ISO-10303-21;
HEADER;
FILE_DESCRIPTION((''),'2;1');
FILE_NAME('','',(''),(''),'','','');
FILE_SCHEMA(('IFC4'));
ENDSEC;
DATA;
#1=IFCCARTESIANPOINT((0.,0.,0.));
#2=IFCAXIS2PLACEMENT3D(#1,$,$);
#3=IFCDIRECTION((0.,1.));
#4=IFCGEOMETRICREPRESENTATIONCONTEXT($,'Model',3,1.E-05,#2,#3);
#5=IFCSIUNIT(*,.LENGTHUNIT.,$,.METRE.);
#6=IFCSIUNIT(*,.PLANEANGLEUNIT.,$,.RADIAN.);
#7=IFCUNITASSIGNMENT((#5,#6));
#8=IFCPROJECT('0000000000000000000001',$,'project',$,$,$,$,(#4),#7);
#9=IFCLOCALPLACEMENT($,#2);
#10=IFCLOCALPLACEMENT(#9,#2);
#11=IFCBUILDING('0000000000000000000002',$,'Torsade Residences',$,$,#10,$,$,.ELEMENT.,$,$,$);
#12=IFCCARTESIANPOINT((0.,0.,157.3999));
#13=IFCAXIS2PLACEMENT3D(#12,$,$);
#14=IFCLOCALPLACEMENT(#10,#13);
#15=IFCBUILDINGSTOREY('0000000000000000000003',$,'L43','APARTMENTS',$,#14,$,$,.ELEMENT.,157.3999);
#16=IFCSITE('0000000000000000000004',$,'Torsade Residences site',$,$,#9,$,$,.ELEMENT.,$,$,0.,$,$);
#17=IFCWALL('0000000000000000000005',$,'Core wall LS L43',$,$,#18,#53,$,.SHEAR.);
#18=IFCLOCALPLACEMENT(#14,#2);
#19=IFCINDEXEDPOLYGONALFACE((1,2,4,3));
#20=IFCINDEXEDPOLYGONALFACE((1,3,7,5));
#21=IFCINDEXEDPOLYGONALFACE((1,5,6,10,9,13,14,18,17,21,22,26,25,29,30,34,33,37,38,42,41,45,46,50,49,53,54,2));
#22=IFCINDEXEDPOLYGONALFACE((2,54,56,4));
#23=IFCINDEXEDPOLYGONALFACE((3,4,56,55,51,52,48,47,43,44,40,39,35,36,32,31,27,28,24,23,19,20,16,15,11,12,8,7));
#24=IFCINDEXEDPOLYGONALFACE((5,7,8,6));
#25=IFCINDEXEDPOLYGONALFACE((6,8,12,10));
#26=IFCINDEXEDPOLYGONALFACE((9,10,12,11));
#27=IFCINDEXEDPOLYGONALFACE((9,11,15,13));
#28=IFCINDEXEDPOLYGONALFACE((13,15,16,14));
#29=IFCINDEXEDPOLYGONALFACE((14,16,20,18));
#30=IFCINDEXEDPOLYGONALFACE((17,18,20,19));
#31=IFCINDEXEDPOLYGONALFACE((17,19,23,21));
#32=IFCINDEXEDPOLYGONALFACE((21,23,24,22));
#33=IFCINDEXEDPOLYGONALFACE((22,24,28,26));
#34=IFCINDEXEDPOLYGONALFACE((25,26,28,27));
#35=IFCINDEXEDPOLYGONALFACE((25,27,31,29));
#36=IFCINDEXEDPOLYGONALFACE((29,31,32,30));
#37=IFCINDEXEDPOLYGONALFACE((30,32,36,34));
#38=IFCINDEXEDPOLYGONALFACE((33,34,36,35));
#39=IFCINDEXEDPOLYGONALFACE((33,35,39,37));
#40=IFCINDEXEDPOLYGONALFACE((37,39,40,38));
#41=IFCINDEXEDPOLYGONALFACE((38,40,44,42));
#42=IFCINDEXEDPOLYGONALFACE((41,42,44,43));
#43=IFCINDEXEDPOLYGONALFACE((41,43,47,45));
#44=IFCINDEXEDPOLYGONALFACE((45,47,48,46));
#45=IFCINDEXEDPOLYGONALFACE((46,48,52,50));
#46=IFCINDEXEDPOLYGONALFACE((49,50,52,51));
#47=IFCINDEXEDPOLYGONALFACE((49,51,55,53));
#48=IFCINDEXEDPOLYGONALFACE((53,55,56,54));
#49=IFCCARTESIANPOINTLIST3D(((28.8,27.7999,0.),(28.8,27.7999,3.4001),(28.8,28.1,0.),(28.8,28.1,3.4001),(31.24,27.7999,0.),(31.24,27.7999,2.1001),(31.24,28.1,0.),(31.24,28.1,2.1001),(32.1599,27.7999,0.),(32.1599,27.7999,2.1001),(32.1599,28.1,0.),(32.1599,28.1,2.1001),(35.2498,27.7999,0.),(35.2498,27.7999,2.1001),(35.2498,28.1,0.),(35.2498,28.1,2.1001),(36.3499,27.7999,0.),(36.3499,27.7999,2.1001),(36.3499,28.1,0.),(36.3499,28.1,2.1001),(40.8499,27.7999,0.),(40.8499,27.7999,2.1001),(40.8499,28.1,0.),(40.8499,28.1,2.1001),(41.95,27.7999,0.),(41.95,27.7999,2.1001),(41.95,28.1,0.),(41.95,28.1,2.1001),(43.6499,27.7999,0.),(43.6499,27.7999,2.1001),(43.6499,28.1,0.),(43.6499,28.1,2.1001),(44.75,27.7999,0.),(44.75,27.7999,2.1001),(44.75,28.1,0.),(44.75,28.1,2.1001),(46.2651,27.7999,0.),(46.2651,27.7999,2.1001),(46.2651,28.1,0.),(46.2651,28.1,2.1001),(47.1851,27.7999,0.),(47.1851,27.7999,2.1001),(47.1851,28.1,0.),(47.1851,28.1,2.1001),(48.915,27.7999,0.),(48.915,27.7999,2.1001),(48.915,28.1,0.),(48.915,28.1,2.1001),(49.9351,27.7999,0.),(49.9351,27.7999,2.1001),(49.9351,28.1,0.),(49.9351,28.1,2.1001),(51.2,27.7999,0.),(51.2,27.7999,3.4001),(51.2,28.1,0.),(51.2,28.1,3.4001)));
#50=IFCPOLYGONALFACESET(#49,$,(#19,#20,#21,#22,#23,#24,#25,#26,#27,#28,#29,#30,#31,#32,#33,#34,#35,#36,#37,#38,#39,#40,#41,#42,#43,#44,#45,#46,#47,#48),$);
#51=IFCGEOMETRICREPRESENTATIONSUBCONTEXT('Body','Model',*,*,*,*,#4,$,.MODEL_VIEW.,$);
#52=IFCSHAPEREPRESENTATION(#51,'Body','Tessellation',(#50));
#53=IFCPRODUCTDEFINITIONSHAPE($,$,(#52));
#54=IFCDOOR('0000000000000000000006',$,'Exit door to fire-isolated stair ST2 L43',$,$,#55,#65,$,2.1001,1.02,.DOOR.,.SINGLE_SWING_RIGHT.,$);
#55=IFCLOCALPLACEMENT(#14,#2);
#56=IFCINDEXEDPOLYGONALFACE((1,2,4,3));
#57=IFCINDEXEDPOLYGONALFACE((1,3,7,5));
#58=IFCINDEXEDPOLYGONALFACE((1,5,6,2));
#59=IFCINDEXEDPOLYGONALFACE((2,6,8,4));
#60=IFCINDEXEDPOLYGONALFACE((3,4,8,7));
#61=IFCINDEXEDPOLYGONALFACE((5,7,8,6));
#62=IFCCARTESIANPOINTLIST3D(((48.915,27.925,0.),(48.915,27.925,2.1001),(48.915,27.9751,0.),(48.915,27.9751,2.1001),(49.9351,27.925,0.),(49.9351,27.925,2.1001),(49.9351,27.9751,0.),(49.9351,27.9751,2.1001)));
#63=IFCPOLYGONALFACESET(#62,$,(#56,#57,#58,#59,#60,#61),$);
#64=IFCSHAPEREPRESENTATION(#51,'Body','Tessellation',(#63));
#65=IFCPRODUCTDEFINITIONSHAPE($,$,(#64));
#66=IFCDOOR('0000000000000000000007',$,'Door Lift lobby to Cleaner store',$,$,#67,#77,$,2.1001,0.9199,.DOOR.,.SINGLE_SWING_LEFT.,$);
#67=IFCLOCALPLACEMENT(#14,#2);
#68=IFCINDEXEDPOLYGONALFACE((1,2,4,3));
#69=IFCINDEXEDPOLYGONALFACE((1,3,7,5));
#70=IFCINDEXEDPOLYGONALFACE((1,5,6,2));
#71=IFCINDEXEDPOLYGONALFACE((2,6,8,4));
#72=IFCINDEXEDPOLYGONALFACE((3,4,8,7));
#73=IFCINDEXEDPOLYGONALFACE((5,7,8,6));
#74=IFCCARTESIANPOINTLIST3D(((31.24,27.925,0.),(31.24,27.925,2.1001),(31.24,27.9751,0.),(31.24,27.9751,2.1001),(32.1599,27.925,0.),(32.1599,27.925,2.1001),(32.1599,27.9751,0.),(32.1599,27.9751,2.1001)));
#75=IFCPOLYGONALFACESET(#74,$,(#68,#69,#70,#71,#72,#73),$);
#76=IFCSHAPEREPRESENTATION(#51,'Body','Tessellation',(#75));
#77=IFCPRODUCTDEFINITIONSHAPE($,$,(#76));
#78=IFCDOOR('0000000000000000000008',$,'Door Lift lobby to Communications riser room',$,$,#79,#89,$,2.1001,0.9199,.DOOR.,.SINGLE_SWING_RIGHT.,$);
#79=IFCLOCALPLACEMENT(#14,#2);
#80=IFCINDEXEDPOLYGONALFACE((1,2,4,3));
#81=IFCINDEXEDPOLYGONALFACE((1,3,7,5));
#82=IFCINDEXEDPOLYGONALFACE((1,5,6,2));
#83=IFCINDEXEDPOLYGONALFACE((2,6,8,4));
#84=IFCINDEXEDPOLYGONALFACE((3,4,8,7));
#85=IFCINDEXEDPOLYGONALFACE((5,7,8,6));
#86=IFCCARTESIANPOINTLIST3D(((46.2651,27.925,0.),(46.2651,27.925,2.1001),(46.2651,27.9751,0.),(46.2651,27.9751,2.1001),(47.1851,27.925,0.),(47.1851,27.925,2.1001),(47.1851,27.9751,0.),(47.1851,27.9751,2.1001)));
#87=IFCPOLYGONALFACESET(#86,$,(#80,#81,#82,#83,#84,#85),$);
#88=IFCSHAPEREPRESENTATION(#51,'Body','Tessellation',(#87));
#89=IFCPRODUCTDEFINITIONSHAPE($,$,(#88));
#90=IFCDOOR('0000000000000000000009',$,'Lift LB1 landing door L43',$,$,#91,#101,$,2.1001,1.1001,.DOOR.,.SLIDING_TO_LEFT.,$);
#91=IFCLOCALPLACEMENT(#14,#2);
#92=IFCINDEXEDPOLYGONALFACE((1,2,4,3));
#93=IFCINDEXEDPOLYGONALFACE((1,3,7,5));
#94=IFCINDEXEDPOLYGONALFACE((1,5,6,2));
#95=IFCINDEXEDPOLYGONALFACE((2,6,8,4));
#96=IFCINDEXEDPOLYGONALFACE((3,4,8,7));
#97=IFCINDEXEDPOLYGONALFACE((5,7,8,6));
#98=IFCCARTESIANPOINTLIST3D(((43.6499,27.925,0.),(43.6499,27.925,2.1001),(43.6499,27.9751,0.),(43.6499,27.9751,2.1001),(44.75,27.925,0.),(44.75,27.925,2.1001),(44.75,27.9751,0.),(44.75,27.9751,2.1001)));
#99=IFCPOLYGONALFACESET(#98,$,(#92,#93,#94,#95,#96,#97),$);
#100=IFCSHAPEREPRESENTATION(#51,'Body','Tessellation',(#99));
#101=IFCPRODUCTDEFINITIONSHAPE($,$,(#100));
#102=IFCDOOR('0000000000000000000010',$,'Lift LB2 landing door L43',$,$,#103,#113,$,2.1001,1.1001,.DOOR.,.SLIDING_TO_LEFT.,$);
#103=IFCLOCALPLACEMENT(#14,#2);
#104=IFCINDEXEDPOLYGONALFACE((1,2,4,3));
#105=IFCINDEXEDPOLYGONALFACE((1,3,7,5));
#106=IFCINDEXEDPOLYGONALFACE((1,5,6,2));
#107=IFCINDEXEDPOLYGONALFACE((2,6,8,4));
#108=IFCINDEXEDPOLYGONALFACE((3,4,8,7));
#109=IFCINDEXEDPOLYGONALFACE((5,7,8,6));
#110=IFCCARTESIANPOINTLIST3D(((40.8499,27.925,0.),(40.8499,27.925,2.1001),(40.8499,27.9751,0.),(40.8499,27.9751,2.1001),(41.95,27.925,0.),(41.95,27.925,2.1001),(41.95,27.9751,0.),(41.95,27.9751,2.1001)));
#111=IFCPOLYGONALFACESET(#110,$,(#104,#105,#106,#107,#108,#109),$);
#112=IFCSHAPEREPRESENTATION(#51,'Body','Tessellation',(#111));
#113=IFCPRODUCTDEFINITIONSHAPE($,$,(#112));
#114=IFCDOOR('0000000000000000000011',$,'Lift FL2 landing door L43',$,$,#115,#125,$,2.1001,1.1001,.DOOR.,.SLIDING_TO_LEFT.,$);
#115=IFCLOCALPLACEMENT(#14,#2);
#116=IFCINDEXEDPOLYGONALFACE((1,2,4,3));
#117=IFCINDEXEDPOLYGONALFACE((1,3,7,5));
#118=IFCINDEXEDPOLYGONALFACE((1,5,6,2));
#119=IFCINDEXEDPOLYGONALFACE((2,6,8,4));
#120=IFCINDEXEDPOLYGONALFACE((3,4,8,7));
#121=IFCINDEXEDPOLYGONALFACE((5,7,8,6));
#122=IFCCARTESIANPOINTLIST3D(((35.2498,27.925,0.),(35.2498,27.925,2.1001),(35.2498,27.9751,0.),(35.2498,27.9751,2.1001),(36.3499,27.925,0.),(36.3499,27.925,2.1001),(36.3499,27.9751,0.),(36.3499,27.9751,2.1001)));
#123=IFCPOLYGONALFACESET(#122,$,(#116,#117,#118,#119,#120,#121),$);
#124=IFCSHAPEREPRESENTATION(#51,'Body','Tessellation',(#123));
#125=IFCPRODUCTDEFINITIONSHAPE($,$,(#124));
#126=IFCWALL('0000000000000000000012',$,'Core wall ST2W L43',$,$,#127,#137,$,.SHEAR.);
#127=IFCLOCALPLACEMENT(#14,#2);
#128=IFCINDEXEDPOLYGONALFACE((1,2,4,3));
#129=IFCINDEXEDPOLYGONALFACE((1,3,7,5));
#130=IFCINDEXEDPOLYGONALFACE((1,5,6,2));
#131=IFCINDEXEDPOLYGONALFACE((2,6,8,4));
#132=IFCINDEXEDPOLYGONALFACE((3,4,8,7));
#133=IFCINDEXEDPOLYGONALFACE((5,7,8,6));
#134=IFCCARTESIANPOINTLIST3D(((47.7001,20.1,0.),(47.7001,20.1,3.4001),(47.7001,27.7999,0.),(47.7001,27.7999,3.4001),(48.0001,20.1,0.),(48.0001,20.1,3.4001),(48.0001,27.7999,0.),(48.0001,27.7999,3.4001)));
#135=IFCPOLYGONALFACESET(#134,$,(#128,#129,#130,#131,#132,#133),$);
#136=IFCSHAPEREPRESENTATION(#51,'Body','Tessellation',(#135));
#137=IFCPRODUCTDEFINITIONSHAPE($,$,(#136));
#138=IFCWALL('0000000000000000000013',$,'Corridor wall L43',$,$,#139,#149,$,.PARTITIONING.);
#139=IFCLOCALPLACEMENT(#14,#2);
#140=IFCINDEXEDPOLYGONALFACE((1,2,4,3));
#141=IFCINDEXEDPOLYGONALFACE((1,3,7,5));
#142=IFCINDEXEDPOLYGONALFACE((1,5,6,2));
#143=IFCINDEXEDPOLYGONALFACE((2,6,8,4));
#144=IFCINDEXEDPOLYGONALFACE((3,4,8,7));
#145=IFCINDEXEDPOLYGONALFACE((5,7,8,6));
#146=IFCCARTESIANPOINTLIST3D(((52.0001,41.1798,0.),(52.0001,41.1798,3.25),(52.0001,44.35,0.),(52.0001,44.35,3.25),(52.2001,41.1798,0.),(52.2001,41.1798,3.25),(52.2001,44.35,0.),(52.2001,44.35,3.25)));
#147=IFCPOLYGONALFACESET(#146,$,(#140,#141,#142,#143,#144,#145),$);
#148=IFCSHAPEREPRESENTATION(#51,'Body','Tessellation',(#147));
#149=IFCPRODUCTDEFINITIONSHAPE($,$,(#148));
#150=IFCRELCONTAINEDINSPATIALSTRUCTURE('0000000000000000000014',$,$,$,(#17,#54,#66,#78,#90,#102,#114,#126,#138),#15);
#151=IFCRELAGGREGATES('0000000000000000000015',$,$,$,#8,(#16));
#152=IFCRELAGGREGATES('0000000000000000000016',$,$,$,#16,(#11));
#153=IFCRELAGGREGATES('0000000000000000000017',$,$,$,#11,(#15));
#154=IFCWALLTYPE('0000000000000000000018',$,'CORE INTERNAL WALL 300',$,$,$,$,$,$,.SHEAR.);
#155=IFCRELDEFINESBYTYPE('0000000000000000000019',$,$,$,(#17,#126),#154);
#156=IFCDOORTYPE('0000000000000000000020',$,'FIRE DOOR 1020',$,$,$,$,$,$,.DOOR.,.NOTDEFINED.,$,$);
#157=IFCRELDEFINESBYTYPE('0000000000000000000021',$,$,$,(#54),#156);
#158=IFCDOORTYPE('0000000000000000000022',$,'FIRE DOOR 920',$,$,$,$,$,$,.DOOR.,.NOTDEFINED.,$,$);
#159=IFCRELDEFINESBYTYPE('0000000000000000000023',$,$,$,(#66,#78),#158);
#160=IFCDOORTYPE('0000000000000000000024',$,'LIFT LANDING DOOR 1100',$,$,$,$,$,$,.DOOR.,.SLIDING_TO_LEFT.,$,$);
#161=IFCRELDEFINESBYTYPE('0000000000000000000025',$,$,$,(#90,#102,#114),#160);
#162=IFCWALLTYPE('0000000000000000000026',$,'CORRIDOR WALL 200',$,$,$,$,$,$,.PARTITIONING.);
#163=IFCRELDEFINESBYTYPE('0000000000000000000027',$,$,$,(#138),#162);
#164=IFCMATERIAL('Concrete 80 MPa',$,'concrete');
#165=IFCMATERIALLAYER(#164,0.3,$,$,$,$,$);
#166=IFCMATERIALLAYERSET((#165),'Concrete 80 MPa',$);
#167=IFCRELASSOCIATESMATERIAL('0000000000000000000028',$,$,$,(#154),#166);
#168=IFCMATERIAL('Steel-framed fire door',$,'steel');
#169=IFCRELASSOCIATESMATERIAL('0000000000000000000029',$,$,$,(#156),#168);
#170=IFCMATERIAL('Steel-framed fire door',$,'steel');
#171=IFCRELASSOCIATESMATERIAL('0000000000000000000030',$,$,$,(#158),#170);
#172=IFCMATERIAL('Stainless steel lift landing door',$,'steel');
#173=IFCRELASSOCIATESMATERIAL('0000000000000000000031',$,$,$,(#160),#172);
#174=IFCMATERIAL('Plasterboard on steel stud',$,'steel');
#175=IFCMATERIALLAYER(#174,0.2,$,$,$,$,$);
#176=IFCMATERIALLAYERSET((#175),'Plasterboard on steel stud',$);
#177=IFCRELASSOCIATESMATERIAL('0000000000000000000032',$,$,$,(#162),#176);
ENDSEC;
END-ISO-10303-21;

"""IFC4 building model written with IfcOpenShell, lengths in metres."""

from ifc_helpers import new_model, si_unit, direction, frame, frame_2d, origin, place, context, subcontext, project, spatial, rectangle, extrude, material, layer, layer_set, type_object, element, fill, save


model = new_model("IFC4")

# Units and contexts
model_context = context("Model", 3, precision=1e-05, world=origin(), true_north=direction((0.0, 1.0)))
body_context = subcontext(model_context, "Body", "Model", "MODEL_VIEW")
ifc_project = project(units=[si_unit("LENGTHUNIT", "METRE"), si_unit("PLANEANGLEUNIT", "RADIAN")], contexts=[model_context])

# Site, building, storey
site_placement = place(None, origin())
site = spatial("IfcSite", under=ifc_project, at=site_placement, Name="Torsade Residences site", CompositionType="ELEMENT", RefElevation=0.0)
building_placement = place(site_placement, origin())
building = spatial("IfcBuilding", under=site, at=building_placement, Name="Torsade Residences", CompositionType="ELEMENT")
storey_placement = place(building_placement, frame((0.0, 0.0, 157.3999)))
storey = spatial("IfcBuildingStorey", under=building, at=storey_placement, Name="L43", Description="APARTMENTS", CompositionType="ELEMENT", Elevation=157.3999)

# Wall, openings, doors
ifc_material_1 = material(Name="Concrete 80 MPa", Category="concrete")
ifc_layer_1 = layer(ifc_material_1, 0.3)
ifc_layer_set_1 = layer_set([ifc_layer_1], Name="Concrete 80 MPa")
wall_type_1 = type_object("IfcWallType", Name="CORE INTERNAL WALL 300", PredefinedType="SHEAR", material=ifc_layer_set_1)
wall_1_placement = place(storey_placement, frame((51.2, 27.95, 0.0), z_axis=(0.0, 0.0, 1.0), x_axis=(-1.0, 0.0, 0.0)))
wall_1 = element("IfcWall", 1, at=wall_1_placement, inside=storey, type_object=wall_type_1, Name="Core wall LS L43", PredefinedType="SHEAR", context=body_context, shape_type="SweptSolid", body=[
    extrude(rectangle(XDim=22.3999, YDim=0.3, at=frame_2d((11.2, 0.0))), origin(), (0.0, 0.0, 1.0), 3.4001),
])
opening_1_placement = place(wall_1_placement, frame((19.04, 0.0, 0.0)))
opening_1 = element("IfcOpeningElement", 2, at=opening_1_placement, cuts=wall_1, PredefinedType="OPENING", context=body_context, shape_type="SweptSolid", body=[
    extrude(rectangle(XDim=0.9199, YDim=2.1001, at=frame_2d((0.46, 1.05))), frame((0.0, 0.1599, 0.0), z_axis=(0.0, -1.0, 0.0), x_axis=(1.0, 0.0, 0.0)), (0.0, 0.0, 1.0), 0.3201),
])
opening_2_placement = place(wall_1_placement, frame((1.2649, 0.0, 0.0)))
opening_2 = element("IfcOpeningElement", 3, at=opening_2_placement, cuts=wall_1, PredefinedType="OPENING", context=body_context, shape_type="SweptSolid", body=[
    extrude(rectangle(XDim=1.02, YDim=2.1001, at=frame_2d((0.51, 1.05))), frame((0.0, 0.1599, 0.0), z_axis=(0.0, -1.0, 0.0), x_axis=(1.0, 0.0, 0.0)), (0.0, 0.0, 1.0), 0.3201),
])
opening_3_placement = place(wall_1_placement, frame((4.0149, 0.0, 0.0)))
opening_3 = element("IfcOpeningElement", 4, at=opening_3_placement, cuts=wall_1, PredefinedType="OPENING", context=body_context, shape_type="SweptSolid", body=[
    extrude(rectangle(XDim=0.9199, YDim=2.1001, at=frame_2d((0.46, 1.05))), frame((0.0, 0.1599, 0.0), z_axis=(0.0, -1.0, 0.0), x_axis=(1.0, 0.0, 0.0)), (0.0, 0.0, 1.0), 0.3201),
])
opening_4_placement = place(wall_1_placement, frame((6.45, 0.0, 0.0)))
opening_4 = element("IfcOpeningElement", 5, at=opening_4_placement, cuts=wall_1, PredefinedType="OPENING", context=body_context, shape_type="SweptSolid", body=[
    extrude(rectangle(XDim=1.1001, YDim=2.1001, at=frame_2d((0.55, 1.05))), frame((0.0, 0.1599, 0.0), z_axis=(0.0, -1.0, 0.0), x_axis=(1.0, 0.0, 0.0)), (0.0, 0.0, 1.0), 0.3201),
])
opening_5_placement = place(wall_1_placement, frame((9.25, 0.0, 0.0)))
opening_5 = element("IfcOpeningElement", 6, at=opening_5_placement, cuts=wall_1, PredefinedType="OPENING", context=body_context, shape_type="SweptSolid", body=[
    extrude(rectangle(XDim=1.1001, YDim=2.1001, at=frame_2d((0.55, 1.05))), frame((0.0, 0.1599, 0.0), z_axis=(0.0, -1.0, 0.0), x_axis=(1.0, 0.0, 0.0)), (0.0, 0.0, 1.0), 0.3201),
])
opening_6_placement = place(wall_1_placement, frame((14.8501, 0.0, 0.0)))
opening_6 = element("IfcOpeningElement", 7, at=opening_6_placement, cuts=wall_1, PredefinedType="OPENING", context=body_context, shape_type="SweptSolid", body=[
    extrude(rectangle(XDim=1.1001, YDim=2.1001, at=frame_2d((0.55, 1.05))), frame((0.0, 0.1599, 0.0), z_axis=(0.0, -1.0, 0.0), x_axis=(1.0, 0.0, 0.0)), (0.0, 0.0, 1.0), 0.3201),
])
ifc_material_2 = material(Name="Steel-framed fire door", Category="steel")
door_type_1 = type_object("IfcDoorType", Name="FIRE DOOR 1020", OperationType="NOTDEFINED", PredefinedType="DOOR", material=ifc_material_2)
door_1_placement = place(opening_2_placement, origin())
door_1 = element("IfcDoor", 8, at=door_1_placement, inside=storey, type_object=door_type_1, Name="Exit door to fire-isolated stair ST2 L43", OperationType="SINGLE_SWING_RIGHT", OverallHeight=2.1001, OverallWidth=1.02, PredefinedType="DOOR", context=body_context, shape_type="SweptSolid", body=[
    extrude(rectangle(XDim=1.02, YDim=2.1001, at=frame_2d((0.51, 1.05))), frame((0.0, 0.0249, 0.0), z_axis=(0.0, -1.0, 0.0), x_axis=(1.0, 0.0, 0.0)), (0.0, 0.0, 1.0), 0.05),
])
fill(opening_2, door_1)
ifc_material_3 = material(Name="Steel-framed fire door", Category="steel")
door_type_2 = type_object("IfcDoorType", Name="FIRE DOOR 920", OperationType="NOTDEFINED", PredefinedType="DOOR", material=ifc_material_3)
door_2_placement = place(opening_1_placement, origin())
door_2 = element("IfcDoor", 9, at=door_2_placement, inside=storey, type_object=door_type_2, Name="Door Lift lobby to Cleaner store", OperationType="SINGLE_SWING_LEFT", OverallHeight=2.1001, OverallWidth=0.9199, PredefinedType="DOOR", context=body_context, shape_type="SweptSolid", body=[
    extrude(rectangle(XDim=0.9199, YDim=2.1001, at=frame_2d((0.46, 1.05))), frame((0.0, 0.0249, 0.0), z_axis=(0.0, -1.0, 0.0), x_axis=(1.0, 0.0, 0.0)), (0.0, 0.0, 1.0), 0.05),
])
fill(opening_1, door_2)
door_3_placement = place(opening_3_placement, origin())
door_3 = element("IfcDoor", 10, at=door_3_placement, inside=storey, type_object=door_type_2, Name="Door Lift lobby to Communications riser room", OperationType="SINGLE_SWING_RIGHT", OverallHeight=2.1001, OverallWidth=0.9199, PredefinedType="DOOR", context=body_context, shape_type="SweptSolid", body=[
    extrude(rectangle(XDim=0.9199, YDim=2.1001, at=frame_2d((0.46, 1.05))), frame((0.0, 0.0249, 0.0), z_axis=(0.0, -1.0, 0.0), x_axis=(1.0, 0.0, 0.0)), (0.0, 0.0, 1.0), 0.05),
])
fill(opening_3, door_3)
ifc_material_4 = material(Name="Stainless steel lift landing door", Category="steel")
door_type_3 = type_object("IfcDoorType", Name="LIFT LANDING DOOR 1100", OperationType="SLIDING_TO_LEFT", PredefinedType="DOOR", material=ifc_material_4)
door_4_placement = place(opening_4_placement, origin())
door_4 = element("IfcDoor", 11, at=door_4_placement, inside=storey, type_object=door_type_3, Name="Lift LB1 landing door L43", OperationType="SLIDING_TO_LEFT", OverallHeight=2.1001, OverallWidth=1.1001, PredefinedType="DOOR", context=body_context, shape_type="SweptSolid", body=[
    extrude(rectangle(XDim=1.1001, YDim=2.1001, at=frame_2d((0.55, 1.05))), frame((0.0, 0.0249, 0.0), z_axis=(0.0, -1.0, 0.0), x_axis=(1.0, 0.0, 0.0)), (0.0, 0.0, 1.0), 0.05),
])
fill(opening_4, door_4)
door_5_placement = place(opening_5_placement, origin())
door_5 = element("IfcDoor", 12, at=door_5_placement, inside=storey, type_object=door_type_3, Name="Lift LB2 landing door L43", OperationType="SLIDING_TO_LEFT", OverallHeight=2.1001, OverallWidth=1.1001, PredefinedType="DOOR", context=body_context, shape_type="SweptSolid", body=[
    extrude(rectangle(XDim=1.1001, YDim=2.1001, at=frame_2d((0.55, 1.05))), frame((0.0, 0.0249, 0.0), z_axis=(0.0, -1.0, 0.0), x_axis=(1.0, 0.0, 0.0)), (0.0, 0.0, 1.0), 0.05),
])
fill(opening_5, door_5)
door_6_placement = place(opening_6_placement, origin())
door_6 = element("IfcDoor", 13, at=door_6_placement, inside=storey, type_object=door_type_3, Name="Lift FL2 landing door L43", OperationType="SLIDING_TO_LEFT", OverallHeight=2.1001, OverallWidth=1.1001, PredefinedType="DOOR", context=body_context, shape_type="SweptSolid", body=[
    extrude(rectangle(XDim=1.1001, YDim=2.1001, at=frame_2d((0.55, 1.05))), frame((0.0, 0.0249, 0.0), z_axis=(0.0, -1.0, 0.0), x_axis=(1.0, 0.0, 0.0)), (0.0, 0.0, 1.0), 0.05),
])
fill(opening_6, door_6)

# Walls
wall_2_placement = place(storey_placement, frame((47.8501, 27.8, 0.0), z_axis=(0.0, 0.0, 1.0), x_axis=(0.0, -1.0, 0.0)))
element("IfcWall", 14, at=wall_2_placement, inside=storey, type_object=wall_type_1, Name="Core wall ST2W L43", PredefinedType="SHEAR", context=body_context, shape_type="SweptSolid", body=[
    extrude(rectangle(XDim=7.7, YDim=0.3, at=frame_2d((3.8501, 0.0))), origin(), (0.0, 0.0, 1.0), 3.4001),
])
ifc_material_5 = material(Name="Plasterboard on steel stud", Category="steel")
ifc_layer_2 = layer(ifc_material_5, 0.2)
ifc_layer_set_2 = layer_set([ifc_layer_2], Name="Plasterboard on steel stud")
wall_type_2 = type_object("IfcWallType", Name="CORRIDOR WALL 200", PredefinedType="PARTITIONING", material=ifc_layer_set_2)
wall_3_placement = place(storey_placement, frame((52.1001, 41.1799, 0.0), z_axis=(0.0, 0.0, 1.0), x_axis=(0.0, 1.0, 0.0)))
element("IfcWall", 15, at=wall_3_placement, inside=storey, type_object=wall_type_2, Name="Corridor wall L43", PredefinedType="PARTITIONING", context=body_context, shape_type="SweptSolid", body=[
    extrude(rectangle(XDim=3.1702, YDim=0.2, at=frame_2d((1.585, 0.0))), origin(), (0.0, 0.0, 1.0), 3.25),
])

save(model, "model.ifc")
